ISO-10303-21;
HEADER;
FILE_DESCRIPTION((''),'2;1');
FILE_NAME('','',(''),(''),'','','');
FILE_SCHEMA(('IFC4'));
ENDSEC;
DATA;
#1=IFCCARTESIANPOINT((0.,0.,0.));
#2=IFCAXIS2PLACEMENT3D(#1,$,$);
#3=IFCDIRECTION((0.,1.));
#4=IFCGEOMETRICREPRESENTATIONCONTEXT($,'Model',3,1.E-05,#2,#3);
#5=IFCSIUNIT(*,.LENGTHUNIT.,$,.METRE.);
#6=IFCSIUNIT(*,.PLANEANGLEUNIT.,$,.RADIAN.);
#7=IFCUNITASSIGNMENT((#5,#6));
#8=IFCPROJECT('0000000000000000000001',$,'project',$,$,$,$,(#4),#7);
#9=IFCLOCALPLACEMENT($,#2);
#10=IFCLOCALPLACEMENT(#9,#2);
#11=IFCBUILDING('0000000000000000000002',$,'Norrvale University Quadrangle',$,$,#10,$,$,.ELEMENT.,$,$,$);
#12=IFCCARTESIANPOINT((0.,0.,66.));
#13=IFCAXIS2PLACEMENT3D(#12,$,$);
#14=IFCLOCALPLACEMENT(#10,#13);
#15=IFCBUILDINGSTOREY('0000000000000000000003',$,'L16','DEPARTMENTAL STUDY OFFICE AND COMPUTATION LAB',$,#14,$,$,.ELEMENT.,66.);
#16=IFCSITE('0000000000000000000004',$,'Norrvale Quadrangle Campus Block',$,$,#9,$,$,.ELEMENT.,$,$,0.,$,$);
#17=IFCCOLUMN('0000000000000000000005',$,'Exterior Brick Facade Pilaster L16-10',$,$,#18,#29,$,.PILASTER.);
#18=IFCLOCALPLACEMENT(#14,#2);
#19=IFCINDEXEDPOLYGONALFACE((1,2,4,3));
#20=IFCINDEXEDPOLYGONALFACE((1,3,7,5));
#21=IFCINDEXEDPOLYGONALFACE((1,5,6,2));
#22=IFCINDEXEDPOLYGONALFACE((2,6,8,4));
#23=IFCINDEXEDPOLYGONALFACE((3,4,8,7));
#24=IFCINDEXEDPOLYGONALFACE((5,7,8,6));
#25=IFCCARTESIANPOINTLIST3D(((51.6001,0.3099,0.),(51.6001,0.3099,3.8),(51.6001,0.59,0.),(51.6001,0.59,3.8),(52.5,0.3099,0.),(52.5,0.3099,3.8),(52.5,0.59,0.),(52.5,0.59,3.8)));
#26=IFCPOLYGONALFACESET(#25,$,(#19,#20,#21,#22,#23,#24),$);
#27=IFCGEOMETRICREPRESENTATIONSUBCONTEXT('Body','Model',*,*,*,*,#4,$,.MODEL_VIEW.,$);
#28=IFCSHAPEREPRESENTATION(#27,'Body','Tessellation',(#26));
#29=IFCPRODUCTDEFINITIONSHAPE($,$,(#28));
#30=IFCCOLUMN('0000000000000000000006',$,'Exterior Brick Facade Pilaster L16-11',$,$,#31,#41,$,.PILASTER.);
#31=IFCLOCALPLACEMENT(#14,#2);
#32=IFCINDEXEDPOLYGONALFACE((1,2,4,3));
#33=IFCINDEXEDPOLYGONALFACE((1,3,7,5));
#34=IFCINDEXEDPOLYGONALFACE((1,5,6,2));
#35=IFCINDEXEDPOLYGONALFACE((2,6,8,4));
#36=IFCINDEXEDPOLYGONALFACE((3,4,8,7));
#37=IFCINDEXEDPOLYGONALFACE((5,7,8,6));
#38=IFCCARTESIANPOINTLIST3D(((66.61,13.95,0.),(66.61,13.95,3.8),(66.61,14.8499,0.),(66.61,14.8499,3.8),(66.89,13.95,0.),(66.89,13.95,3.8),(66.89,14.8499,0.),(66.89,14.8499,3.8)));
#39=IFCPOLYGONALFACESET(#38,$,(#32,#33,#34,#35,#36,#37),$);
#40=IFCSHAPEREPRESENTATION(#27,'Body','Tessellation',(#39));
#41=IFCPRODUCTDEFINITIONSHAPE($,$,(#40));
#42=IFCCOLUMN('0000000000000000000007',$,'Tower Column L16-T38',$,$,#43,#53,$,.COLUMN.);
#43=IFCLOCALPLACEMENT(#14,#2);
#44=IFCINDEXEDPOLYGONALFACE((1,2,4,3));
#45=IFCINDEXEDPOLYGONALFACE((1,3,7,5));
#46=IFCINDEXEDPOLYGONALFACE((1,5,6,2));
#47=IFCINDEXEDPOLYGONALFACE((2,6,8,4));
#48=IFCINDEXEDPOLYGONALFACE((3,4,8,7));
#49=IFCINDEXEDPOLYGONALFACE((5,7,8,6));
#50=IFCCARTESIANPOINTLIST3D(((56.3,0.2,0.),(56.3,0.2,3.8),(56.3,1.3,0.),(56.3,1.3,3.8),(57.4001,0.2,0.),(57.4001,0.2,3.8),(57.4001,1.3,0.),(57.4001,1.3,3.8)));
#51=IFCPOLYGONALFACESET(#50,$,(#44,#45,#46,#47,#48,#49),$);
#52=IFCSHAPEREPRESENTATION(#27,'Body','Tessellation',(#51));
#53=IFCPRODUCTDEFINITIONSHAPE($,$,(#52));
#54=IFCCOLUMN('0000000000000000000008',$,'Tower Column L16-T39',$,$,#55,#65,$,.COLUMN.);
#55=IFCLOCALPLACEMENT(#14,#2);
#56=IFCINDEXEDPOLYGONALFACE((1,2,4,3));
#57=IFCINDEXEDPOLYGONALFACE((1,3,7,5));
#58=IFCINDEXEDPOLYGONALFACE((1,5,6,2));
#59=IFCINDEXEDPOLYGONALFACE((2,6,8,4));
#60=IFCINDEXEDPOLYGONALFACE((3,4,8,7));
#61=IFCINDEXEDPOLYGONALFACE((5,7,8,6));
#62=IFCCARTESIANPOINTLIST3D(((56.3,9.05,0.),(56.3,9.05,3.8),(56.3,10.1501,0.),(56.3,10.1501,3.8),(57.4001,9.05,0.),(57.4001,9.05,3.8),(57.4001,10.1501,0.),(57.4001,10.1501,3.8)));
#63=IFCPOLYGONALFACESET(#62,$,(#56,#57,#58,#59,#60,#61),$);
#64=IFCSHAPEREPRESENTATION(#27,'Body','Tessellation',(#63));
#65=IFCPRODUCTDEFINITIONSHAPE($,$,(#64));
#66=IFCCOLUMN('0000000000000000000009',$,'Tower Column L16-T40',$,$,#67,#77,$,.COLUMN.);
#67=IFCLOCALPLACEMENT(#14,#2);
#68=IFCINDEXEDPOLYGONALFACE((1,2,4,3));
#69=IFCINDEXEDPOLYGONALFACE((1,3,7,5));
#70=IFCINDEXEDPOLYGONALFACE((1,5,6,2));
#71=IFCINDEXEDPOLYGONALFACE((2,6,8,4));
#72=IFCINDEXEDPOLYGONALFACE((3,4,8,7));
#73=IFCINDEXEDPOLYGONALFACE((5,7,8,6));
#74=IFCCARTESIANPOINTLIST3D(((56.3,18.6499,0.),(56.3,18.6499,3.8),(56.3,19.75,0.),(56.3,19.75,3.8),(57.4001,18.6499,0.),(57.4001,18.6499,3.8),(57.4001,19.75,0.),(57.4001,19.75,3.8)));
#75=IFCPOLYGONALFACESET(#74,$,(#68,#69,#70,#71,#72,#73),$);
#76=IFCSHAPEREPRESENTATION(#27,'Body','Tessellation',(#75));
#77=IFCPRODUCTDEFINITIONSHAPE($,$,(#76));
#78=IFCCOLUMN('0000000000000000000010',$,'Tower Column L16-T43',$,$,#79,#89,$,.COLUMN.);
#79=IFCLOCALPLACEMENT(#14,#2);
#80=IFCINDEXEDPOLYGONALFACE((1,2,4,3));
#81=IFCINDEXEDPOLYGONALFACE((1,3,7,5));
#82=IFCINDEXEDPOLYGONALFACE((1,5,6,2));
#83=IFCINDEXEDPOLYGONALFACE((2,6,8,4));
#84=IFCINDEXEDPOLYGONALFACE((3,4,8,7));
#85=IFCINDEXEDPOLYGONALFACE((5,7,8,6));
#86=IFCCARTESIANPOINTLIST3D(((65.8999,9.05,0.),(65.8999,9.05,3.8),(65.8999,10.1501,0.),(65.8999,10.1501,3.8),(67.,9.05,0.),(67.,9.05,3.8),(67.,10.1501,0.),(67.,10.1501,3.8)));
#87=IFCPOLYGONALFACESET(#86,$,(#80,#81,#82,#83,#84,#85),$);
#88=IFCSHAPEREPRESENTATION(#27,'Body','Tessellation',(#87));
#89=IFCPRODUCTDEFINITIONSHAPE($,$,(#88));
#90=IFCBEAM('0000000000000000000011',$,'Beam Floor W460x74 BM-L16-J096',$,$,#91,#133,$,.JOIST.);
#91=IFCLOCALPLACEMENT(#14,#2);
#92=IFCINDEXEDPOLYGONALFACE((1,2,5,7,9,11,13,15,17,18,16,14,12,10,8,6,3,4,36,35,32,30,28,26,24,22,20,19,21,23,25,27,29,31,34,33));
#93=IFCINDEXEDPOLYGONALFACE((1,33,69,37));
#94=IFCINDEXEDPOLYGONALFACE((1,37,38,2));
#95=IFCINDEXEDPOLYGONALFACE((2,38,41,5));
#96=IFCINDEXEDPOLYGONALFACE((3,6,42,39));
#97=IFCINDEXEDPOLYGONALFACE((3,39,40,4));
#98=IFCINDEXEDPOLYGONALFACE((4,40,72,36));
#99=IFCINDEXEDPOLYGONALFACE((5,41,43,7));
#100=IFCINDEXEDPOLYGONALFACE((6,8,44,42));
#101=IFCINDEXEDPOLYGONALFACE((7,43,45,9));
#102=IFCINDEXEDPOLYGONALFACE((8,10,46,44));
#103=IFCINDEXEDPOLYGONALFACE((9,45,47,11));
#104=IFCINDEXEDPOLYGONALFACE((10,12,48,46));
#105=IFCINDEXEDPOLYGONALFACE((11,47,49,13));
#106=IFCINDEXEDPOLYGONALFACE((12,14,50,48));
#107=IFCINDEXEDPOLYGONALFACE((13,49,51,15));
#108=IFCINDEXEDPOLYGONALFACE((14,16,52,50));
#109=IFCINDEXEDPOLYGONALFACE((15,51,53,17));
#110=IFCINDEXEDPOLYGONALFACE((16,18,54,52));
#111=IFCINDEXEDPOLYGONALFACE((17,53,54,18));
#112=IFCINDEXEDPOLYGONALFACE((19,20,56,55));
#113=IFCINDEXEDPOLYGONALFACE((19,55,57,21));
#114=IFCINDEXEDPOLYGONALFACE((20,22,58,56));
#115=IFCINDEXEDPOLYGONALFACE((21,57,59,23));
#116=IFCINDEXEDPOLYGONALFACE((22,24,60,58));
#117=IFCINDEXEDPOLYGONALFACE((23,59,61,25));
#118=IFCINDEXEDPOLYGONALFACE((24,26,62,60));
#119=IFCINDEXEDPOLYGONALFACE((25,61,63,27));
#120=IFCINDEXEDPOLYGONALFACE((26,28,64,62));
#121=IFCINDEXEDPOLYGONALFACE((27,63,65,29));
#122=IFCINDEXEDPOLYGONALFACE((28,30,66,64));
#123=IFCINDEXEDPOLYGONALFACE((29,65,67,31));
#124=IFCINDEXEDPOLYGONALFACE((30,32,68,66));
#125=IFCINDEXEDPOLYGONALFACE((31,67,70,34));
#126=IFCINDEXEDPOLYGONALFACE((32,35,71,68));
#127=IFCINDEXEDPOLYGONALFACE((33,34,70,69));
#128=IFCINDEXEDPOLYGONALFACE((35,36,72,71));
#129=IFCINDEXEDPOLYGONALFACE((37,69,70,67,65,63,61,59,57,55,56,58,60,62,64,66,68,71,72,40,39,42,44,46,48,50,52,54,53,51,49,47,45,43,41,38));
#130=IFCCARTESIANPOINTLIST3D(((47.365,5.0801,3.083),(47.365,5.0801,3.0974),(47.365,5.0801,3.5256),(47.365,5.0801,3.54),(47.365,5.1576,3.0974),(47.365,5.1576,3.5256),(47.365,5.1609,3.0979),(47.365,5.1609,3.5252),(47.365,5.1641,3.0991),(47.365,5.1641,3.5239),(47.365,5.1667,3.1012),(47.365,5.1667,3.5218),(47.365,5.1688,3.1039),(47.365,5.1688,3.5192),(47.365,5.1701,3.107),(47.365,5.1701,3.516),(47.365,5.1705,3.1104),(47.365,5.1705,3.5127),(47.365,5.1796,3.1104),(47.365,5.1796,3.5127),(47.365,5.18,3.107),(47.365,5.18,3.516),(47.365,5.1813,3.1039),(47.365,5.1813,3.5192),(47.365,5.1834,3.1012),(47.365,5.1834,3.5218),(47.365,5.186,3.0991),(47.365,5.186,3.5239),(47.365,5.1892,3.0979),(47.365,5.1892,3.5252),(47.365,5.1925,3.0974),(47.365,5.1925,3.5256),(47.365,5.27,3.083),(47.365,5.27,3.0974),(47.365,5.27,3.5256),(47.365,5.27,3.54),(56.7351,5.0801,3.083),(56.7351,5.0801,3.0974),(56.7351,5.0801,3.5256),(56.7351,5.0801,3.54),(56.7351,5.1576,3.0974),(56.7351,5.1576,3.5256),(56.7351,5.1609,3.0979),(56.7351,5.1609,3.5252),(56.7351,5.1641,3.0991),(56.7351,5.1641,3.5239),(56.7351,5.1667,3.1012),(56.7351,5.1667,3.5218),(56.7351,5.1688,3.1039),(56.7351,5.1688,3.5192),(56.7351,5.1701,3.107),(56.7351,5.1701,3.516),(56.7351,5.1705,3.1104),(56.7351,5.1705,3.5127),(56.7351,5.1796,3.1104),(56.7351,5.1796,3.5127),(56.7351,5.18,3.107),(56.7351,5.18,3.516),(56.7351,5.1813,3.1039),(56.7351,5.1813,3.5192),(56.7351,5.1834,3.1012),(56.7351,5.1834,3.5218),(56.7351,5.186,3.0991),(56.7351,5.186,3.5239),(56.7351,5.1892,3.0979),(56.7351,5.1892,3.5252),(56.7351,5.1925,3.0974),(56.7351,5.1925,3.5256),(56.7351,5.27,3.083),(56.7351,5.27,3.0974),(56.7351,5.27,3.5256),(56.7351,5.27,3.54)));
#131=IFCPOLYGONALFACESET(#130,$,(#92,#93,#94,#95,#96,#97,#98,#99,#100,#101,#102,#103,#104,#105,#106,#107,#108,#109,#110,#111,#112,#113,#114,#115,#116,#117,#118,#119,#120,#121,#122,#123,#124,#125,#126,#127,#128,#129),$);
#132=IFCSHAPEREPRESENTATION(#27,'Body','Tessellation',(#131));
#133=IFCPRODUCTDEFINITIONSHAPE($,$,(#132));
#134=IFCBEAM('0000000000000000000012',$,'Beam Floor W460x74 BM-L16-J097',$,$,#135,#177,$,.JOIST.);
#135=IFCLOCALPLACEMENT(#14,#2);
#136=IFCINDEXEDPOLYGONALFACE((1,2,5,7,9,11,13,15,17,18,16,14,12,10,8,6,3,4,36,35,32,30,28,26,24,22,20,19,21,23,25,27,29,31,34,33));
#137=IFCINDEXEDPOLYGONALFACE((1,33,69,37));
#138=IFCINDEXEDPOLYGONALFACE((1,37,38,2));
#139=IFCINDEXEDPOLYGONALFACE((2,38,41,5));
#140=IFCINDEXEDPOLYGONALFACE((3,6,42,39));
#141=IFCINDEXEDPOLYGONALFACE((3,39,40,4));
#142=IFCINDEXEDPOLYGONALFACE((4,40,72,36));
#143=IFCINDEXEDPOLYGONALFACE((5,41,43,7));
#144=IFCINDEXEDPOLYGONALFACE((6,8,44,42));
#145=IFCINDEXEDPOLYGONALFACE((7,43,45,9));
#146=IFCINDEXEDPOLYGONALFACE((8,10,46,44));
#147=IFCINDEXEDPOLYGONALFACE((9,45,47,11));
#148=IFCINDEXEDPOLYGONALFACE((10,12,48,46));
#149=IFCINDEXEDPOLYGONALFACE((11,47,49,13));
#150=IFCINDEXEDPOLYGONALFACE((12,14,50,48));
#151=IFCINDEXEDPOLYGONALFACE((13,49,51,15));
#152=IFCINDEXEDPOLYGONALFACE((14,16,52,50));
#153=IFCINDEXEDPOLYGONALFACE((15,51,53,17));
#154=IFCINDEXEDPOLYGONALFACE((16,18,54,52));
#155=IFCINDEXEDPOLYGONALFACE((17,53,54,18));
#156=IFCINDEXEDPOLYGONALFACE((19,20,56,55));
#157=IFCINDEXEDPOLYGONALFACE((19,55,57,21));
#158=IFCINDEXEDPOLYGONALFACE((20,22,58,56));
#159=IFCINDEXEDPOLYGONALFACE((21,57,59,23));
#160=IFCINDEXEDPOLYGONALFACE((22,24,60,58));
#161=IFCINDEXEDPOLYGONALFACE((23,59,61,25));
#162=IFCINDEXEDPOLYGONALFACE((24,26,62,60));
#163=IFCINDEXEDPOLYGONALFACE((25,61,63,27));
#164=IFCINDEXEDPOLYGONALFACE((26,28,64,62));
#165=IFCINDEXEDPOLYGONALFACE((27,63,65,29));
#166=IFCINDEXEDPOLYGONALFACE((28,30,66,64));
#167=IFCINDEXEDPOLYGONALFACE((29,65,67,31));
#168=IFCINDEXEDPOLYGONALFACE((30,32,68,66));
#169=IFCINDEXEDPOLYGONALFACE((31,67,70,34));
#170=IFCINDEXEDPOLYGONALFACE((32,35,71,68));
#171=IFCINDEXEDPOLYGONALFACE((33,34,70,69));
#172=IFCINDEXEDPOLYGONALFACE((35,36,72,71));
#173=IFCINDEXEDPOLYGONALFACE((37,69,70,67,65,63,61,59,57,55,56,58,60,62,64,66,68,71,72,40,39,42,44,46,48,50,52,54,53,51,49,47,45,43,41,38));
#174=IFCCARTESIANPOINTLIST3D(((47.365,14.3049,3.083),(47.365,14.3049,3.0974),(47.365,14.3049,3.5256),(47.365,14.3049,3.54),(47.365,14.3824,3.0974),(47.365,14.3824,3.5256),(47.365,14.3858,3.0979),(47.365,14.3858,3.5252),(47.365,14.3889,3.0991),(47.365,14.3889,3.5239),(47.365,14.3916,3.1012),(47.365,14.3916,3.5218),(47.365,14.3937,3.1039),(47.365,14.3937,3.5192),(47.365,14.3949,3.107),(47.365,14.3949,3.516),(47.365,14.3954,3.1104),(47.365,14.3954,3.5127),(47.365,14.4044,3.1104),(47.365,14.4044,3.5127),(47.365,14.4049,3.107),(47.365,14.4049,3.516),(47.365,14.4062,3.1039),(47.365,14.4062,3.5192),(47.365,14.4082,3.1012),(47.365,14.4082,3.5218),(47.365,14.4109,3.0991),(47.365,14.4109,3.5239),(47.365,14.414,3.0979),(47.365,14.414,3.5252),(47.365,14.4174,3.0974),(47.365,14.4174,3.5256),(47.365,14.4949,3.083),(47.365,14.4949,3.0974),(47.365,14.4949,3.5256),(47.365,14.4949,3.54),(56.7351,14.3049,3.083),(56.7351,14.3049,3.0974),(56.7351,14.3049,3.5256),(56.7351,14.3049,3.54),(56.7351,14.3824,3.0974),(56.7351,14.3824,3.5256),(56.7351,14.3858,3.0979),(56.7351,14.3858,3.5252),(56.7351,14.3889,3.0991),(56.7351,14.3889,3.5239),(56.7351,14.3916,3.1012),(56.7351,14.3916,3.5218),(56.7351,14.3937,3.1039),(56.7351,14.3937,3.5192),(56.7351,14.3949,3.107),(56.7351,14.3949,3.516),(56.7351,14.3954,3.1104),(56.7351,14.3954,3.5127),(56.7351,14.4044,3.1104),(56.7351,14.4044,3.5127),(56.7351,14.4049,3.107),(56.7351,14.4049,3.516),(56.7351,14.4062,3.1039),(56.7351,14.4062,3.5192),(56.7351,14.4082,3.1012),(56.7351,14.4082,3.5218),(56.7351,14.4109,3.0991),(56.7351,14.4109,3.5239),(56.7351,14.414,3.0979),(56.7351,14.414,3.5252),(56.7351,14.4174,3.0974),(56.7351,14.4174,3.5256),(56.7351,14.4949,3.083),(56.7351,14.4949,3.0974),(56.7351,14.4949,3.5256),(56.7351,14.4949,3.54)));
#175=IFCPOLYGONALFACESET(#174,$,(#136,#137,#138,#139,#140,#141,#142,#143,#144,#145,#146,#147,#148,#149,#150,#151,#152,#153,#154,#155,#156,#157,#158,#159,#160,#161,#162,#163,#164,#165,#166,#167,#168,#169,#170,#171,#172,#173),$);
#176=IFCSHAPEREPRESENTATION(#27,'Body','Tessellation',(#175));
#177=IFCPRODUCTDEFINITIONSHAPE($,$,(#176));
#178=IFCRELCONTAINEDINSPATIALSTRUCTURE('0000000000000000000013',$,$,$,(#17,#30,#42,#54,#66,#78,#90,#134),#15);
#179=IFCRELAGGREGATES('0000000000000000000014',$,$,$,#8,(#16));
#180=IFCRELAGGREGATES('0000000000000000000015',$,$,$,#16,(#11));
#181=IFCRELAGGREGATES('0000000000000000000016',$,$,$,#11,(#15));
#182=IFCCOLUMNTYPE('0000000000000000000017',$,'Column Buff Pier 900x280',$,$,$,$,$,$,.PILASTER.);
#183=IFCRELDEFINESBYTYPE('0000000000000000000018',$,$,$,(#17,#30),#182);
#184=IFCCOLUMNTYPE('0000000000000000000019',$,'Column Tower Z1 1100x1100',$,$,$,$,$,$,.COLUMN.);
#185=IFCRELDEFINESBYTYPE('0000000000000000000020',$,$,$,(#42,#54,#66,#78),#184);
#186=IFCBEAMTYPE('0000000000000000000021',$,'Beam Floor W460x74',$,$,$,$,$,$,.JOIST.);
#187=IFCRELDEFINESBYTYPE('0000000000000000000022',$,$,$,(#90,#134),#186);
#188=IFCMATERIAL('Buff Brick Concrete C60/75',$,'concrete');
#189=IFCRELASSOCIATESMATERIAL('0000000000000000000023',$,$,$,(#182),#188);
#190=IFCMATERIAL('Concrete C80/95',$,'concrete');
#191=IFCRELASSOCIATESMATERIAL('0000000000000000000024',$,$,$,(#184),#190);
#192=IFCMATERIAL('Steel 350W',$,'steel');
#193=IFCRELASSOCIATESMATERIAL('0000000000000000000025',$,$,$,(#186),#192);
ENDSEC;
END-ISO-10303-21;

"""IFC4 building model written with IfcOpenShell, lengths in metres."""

from ifc_helpers import new_model, si_unit, direction, frame, origin, origin_2d, place, context, subcontext, project, spatial, rectangle, i_section, extrude, material, material_profile, profile_set, type_object, element, save


model = new_model("IFC4")

# Units and contexts
model_context = context("Model", 3, precision=1e-05, world=origin(), true_north=direction((0.0, 1.0)))
body_context = subcontext(model_context, "Body", "Model", "MODEL_VIEW")
ifc_project = project(units=[si_unit("LENGTHUNIT", "METRE"), si_unit("PLANEANGLEUNIT", "RADIAN")], contexts=[model_context])

# Site, building, storey
site_placement = place(None, origin())
site = spatial("IfcSite", under=ifc_project, at=site_placement, Name="Norrvale Quadrangle Campus Block", CompositionType="ELEMENT", RefElevation=0.0)
building_placement = place(site_placement, origin())
building = spatial("IfcBuilding", under=site, at=building_placement, Name="Norrvale University Quadrangle", CompositionType="ELEMENT")
storey_placement = place(building_placement, frame((0.0, 0.0, 66.0)))
storey = spatial("IfcBuildingStorey", under=building, at=storey_placement, Name="L16", Description="DEPARTMENTAL STUDY OFFICE AND COMPUTATION LAB", CompositionType="ELEMENT", Elevation=66.0)

# Columns
ifc_material_1 = material(Name="Buff Brick Concrete C60/75", Category="concrete")
ifc_material_profile_1 = material_profile(ifc_material_1, rectangle(XDim=0.8999, YDim=0.28, at=origin_2d()), Name="Buff Brick Concrete C60/75")
ifc_profile_set_1 = profile_set([ifc_material_profile_1], Name="Buff Brick Concrete C60/75")
column_type_1 = type_object("IfcColumnType", Name="Column Buff Pier 900x280", PredefinedType="PILASTER", material=ifc_profile_set_1)
for number, where, z_axis, x_axis, name in (
    (1, (52.05, 0.45, 0.0), (0.0, 0.0, 1.0), (1.0, 0.0, 0.0), "Exterior Brick Facade Pilaster L16-10"),
    (2, (66.75, 14.3999, 0.0), (0.0, 0.0, 1.0), (0.0, 1.0, 0.0), "Exterior Brick Facade Pilaster L16-11"),
):
    element("IfcColumn", number, at=place(storey_placement, frame(where, z_axis=z_axis, x_axis=x_axis)), inside=storey, type_object=column_type_1, Name=name, PredefinedType="PILASTER", context=body_context, shape_type="SweptSolid", body=[
        extrude(rectangle(XDim=0.8999, YDim=0.28, at=origin_2d()), origin(), (0.0, 0.0, 1.0), 3.8),
    ])
ifc_material_2 = material(Name="Concrete C80/95", Category="concrete")
ifc_material_profile_2 = material_profile(ifc_material_2, rectangle(XDim=1.1001, YDim=1.1001, at=origin_2d()), Name="Concrete C80/95")
ifc_profile_set_2 = profile_set([ifc_material_profile_2], Name="Concrete C80/95")
column_type_2 = type_object("IfcColumnType", Name="Column Tower Z1 1100x1100", PredefinedType="COLUMN", material=ifc_profile_set_2)
for number, where, z_axis, x_axis, name in (
    (3, (56.8501, 0.75, 0.0), (0.0, 0.0, 1.0), (1.0, 0.0, 0.0), "Tower Column L16-T38"),
    (4, (56.8501, 9.6001, 0.0), (0.0, 0.0, 1.0), (1.0, 0.0, 0.0), "Tower Column L16-T39"),
    (5, (56.8501, 19.2, 0.0), (0.0, 0.0, 1.0), (1.0, 0.0, 0.0), "Tower Column L16-T40"),
    (6, (66.45, 9.6001, 0.0), (0.0, 0.0, 1.0), (1.0, 0.0, 0.0), "Tower Column L16-T43"),
):
    element("IfcColumn", number, at=place(storey_placement, frame(where, z_axis=z_axis, x_axis=x_axis)), inside=storey, type_object=column_type_2, Name=name, PredefinedType="COLUMN", context=body_context, shape_type="SweptSolid", body=[
        extrude(rectangle(XDim=1.1001, YDim=1.1001, at=origin_2d()), origin(), (0.0, 0.0, 1.0), 3.8),
    ])

# Beams
ifc_material_3 = material(Name="Steel 350W", Category="steel")
ifc_material_profile_3 = material_profile(ifc_material_3, i_section(OverallWidth=0.1899, OverallDepth=0.457, WebThickness=0.009, FlangeThickness=0.0144, FilletRadius=0.0129, at=origin_2d()), Name="Steel 350W")
ifc_profile_set_3 = profile_set([ifc_material_profile_3], Name="Steel 350W")
beam_type_1 = type_object("IfcBeamType", Name="Beam Floor W460x74", PredefinedType="JOIST", material=ifc_profile_set_3)
for number, where, z_axis, x_axis, name in (
    (7, (47.365, 5.175, 3.3115), (1.0, 0.0, 0.0), (0.0, 1.0, 0.0), "Beam Floor W460x74 BM-L16-J096"),
    (8, (47.365, 14.3999, 3.3115), (1.0, 0.0, 0.0), (0.0, 1.0, 0.0), "Beam Floor W460x74 BM-L16-J097"),
):
    element("IfcBeam", number, at=place(storey_placement, frame(where, z_axis=z_axis, x_axis=x_axis)), inside=storey, type_object=beam_type_1, Name=name, PredefinedType="JOIST", context=body_context, shape_type="SweptSolid", body=[
        extrude(i_section(OverallWidth=0.1899, OverallDepth=0.457, WebThickness=0.009, FlangeThickness=0.0144, FilletRadius=0.0129, at=origin_2d()), origin(), (0.0, 0.0, 1.0), 9.3701),
    ])

save(model, "model.ifc")
